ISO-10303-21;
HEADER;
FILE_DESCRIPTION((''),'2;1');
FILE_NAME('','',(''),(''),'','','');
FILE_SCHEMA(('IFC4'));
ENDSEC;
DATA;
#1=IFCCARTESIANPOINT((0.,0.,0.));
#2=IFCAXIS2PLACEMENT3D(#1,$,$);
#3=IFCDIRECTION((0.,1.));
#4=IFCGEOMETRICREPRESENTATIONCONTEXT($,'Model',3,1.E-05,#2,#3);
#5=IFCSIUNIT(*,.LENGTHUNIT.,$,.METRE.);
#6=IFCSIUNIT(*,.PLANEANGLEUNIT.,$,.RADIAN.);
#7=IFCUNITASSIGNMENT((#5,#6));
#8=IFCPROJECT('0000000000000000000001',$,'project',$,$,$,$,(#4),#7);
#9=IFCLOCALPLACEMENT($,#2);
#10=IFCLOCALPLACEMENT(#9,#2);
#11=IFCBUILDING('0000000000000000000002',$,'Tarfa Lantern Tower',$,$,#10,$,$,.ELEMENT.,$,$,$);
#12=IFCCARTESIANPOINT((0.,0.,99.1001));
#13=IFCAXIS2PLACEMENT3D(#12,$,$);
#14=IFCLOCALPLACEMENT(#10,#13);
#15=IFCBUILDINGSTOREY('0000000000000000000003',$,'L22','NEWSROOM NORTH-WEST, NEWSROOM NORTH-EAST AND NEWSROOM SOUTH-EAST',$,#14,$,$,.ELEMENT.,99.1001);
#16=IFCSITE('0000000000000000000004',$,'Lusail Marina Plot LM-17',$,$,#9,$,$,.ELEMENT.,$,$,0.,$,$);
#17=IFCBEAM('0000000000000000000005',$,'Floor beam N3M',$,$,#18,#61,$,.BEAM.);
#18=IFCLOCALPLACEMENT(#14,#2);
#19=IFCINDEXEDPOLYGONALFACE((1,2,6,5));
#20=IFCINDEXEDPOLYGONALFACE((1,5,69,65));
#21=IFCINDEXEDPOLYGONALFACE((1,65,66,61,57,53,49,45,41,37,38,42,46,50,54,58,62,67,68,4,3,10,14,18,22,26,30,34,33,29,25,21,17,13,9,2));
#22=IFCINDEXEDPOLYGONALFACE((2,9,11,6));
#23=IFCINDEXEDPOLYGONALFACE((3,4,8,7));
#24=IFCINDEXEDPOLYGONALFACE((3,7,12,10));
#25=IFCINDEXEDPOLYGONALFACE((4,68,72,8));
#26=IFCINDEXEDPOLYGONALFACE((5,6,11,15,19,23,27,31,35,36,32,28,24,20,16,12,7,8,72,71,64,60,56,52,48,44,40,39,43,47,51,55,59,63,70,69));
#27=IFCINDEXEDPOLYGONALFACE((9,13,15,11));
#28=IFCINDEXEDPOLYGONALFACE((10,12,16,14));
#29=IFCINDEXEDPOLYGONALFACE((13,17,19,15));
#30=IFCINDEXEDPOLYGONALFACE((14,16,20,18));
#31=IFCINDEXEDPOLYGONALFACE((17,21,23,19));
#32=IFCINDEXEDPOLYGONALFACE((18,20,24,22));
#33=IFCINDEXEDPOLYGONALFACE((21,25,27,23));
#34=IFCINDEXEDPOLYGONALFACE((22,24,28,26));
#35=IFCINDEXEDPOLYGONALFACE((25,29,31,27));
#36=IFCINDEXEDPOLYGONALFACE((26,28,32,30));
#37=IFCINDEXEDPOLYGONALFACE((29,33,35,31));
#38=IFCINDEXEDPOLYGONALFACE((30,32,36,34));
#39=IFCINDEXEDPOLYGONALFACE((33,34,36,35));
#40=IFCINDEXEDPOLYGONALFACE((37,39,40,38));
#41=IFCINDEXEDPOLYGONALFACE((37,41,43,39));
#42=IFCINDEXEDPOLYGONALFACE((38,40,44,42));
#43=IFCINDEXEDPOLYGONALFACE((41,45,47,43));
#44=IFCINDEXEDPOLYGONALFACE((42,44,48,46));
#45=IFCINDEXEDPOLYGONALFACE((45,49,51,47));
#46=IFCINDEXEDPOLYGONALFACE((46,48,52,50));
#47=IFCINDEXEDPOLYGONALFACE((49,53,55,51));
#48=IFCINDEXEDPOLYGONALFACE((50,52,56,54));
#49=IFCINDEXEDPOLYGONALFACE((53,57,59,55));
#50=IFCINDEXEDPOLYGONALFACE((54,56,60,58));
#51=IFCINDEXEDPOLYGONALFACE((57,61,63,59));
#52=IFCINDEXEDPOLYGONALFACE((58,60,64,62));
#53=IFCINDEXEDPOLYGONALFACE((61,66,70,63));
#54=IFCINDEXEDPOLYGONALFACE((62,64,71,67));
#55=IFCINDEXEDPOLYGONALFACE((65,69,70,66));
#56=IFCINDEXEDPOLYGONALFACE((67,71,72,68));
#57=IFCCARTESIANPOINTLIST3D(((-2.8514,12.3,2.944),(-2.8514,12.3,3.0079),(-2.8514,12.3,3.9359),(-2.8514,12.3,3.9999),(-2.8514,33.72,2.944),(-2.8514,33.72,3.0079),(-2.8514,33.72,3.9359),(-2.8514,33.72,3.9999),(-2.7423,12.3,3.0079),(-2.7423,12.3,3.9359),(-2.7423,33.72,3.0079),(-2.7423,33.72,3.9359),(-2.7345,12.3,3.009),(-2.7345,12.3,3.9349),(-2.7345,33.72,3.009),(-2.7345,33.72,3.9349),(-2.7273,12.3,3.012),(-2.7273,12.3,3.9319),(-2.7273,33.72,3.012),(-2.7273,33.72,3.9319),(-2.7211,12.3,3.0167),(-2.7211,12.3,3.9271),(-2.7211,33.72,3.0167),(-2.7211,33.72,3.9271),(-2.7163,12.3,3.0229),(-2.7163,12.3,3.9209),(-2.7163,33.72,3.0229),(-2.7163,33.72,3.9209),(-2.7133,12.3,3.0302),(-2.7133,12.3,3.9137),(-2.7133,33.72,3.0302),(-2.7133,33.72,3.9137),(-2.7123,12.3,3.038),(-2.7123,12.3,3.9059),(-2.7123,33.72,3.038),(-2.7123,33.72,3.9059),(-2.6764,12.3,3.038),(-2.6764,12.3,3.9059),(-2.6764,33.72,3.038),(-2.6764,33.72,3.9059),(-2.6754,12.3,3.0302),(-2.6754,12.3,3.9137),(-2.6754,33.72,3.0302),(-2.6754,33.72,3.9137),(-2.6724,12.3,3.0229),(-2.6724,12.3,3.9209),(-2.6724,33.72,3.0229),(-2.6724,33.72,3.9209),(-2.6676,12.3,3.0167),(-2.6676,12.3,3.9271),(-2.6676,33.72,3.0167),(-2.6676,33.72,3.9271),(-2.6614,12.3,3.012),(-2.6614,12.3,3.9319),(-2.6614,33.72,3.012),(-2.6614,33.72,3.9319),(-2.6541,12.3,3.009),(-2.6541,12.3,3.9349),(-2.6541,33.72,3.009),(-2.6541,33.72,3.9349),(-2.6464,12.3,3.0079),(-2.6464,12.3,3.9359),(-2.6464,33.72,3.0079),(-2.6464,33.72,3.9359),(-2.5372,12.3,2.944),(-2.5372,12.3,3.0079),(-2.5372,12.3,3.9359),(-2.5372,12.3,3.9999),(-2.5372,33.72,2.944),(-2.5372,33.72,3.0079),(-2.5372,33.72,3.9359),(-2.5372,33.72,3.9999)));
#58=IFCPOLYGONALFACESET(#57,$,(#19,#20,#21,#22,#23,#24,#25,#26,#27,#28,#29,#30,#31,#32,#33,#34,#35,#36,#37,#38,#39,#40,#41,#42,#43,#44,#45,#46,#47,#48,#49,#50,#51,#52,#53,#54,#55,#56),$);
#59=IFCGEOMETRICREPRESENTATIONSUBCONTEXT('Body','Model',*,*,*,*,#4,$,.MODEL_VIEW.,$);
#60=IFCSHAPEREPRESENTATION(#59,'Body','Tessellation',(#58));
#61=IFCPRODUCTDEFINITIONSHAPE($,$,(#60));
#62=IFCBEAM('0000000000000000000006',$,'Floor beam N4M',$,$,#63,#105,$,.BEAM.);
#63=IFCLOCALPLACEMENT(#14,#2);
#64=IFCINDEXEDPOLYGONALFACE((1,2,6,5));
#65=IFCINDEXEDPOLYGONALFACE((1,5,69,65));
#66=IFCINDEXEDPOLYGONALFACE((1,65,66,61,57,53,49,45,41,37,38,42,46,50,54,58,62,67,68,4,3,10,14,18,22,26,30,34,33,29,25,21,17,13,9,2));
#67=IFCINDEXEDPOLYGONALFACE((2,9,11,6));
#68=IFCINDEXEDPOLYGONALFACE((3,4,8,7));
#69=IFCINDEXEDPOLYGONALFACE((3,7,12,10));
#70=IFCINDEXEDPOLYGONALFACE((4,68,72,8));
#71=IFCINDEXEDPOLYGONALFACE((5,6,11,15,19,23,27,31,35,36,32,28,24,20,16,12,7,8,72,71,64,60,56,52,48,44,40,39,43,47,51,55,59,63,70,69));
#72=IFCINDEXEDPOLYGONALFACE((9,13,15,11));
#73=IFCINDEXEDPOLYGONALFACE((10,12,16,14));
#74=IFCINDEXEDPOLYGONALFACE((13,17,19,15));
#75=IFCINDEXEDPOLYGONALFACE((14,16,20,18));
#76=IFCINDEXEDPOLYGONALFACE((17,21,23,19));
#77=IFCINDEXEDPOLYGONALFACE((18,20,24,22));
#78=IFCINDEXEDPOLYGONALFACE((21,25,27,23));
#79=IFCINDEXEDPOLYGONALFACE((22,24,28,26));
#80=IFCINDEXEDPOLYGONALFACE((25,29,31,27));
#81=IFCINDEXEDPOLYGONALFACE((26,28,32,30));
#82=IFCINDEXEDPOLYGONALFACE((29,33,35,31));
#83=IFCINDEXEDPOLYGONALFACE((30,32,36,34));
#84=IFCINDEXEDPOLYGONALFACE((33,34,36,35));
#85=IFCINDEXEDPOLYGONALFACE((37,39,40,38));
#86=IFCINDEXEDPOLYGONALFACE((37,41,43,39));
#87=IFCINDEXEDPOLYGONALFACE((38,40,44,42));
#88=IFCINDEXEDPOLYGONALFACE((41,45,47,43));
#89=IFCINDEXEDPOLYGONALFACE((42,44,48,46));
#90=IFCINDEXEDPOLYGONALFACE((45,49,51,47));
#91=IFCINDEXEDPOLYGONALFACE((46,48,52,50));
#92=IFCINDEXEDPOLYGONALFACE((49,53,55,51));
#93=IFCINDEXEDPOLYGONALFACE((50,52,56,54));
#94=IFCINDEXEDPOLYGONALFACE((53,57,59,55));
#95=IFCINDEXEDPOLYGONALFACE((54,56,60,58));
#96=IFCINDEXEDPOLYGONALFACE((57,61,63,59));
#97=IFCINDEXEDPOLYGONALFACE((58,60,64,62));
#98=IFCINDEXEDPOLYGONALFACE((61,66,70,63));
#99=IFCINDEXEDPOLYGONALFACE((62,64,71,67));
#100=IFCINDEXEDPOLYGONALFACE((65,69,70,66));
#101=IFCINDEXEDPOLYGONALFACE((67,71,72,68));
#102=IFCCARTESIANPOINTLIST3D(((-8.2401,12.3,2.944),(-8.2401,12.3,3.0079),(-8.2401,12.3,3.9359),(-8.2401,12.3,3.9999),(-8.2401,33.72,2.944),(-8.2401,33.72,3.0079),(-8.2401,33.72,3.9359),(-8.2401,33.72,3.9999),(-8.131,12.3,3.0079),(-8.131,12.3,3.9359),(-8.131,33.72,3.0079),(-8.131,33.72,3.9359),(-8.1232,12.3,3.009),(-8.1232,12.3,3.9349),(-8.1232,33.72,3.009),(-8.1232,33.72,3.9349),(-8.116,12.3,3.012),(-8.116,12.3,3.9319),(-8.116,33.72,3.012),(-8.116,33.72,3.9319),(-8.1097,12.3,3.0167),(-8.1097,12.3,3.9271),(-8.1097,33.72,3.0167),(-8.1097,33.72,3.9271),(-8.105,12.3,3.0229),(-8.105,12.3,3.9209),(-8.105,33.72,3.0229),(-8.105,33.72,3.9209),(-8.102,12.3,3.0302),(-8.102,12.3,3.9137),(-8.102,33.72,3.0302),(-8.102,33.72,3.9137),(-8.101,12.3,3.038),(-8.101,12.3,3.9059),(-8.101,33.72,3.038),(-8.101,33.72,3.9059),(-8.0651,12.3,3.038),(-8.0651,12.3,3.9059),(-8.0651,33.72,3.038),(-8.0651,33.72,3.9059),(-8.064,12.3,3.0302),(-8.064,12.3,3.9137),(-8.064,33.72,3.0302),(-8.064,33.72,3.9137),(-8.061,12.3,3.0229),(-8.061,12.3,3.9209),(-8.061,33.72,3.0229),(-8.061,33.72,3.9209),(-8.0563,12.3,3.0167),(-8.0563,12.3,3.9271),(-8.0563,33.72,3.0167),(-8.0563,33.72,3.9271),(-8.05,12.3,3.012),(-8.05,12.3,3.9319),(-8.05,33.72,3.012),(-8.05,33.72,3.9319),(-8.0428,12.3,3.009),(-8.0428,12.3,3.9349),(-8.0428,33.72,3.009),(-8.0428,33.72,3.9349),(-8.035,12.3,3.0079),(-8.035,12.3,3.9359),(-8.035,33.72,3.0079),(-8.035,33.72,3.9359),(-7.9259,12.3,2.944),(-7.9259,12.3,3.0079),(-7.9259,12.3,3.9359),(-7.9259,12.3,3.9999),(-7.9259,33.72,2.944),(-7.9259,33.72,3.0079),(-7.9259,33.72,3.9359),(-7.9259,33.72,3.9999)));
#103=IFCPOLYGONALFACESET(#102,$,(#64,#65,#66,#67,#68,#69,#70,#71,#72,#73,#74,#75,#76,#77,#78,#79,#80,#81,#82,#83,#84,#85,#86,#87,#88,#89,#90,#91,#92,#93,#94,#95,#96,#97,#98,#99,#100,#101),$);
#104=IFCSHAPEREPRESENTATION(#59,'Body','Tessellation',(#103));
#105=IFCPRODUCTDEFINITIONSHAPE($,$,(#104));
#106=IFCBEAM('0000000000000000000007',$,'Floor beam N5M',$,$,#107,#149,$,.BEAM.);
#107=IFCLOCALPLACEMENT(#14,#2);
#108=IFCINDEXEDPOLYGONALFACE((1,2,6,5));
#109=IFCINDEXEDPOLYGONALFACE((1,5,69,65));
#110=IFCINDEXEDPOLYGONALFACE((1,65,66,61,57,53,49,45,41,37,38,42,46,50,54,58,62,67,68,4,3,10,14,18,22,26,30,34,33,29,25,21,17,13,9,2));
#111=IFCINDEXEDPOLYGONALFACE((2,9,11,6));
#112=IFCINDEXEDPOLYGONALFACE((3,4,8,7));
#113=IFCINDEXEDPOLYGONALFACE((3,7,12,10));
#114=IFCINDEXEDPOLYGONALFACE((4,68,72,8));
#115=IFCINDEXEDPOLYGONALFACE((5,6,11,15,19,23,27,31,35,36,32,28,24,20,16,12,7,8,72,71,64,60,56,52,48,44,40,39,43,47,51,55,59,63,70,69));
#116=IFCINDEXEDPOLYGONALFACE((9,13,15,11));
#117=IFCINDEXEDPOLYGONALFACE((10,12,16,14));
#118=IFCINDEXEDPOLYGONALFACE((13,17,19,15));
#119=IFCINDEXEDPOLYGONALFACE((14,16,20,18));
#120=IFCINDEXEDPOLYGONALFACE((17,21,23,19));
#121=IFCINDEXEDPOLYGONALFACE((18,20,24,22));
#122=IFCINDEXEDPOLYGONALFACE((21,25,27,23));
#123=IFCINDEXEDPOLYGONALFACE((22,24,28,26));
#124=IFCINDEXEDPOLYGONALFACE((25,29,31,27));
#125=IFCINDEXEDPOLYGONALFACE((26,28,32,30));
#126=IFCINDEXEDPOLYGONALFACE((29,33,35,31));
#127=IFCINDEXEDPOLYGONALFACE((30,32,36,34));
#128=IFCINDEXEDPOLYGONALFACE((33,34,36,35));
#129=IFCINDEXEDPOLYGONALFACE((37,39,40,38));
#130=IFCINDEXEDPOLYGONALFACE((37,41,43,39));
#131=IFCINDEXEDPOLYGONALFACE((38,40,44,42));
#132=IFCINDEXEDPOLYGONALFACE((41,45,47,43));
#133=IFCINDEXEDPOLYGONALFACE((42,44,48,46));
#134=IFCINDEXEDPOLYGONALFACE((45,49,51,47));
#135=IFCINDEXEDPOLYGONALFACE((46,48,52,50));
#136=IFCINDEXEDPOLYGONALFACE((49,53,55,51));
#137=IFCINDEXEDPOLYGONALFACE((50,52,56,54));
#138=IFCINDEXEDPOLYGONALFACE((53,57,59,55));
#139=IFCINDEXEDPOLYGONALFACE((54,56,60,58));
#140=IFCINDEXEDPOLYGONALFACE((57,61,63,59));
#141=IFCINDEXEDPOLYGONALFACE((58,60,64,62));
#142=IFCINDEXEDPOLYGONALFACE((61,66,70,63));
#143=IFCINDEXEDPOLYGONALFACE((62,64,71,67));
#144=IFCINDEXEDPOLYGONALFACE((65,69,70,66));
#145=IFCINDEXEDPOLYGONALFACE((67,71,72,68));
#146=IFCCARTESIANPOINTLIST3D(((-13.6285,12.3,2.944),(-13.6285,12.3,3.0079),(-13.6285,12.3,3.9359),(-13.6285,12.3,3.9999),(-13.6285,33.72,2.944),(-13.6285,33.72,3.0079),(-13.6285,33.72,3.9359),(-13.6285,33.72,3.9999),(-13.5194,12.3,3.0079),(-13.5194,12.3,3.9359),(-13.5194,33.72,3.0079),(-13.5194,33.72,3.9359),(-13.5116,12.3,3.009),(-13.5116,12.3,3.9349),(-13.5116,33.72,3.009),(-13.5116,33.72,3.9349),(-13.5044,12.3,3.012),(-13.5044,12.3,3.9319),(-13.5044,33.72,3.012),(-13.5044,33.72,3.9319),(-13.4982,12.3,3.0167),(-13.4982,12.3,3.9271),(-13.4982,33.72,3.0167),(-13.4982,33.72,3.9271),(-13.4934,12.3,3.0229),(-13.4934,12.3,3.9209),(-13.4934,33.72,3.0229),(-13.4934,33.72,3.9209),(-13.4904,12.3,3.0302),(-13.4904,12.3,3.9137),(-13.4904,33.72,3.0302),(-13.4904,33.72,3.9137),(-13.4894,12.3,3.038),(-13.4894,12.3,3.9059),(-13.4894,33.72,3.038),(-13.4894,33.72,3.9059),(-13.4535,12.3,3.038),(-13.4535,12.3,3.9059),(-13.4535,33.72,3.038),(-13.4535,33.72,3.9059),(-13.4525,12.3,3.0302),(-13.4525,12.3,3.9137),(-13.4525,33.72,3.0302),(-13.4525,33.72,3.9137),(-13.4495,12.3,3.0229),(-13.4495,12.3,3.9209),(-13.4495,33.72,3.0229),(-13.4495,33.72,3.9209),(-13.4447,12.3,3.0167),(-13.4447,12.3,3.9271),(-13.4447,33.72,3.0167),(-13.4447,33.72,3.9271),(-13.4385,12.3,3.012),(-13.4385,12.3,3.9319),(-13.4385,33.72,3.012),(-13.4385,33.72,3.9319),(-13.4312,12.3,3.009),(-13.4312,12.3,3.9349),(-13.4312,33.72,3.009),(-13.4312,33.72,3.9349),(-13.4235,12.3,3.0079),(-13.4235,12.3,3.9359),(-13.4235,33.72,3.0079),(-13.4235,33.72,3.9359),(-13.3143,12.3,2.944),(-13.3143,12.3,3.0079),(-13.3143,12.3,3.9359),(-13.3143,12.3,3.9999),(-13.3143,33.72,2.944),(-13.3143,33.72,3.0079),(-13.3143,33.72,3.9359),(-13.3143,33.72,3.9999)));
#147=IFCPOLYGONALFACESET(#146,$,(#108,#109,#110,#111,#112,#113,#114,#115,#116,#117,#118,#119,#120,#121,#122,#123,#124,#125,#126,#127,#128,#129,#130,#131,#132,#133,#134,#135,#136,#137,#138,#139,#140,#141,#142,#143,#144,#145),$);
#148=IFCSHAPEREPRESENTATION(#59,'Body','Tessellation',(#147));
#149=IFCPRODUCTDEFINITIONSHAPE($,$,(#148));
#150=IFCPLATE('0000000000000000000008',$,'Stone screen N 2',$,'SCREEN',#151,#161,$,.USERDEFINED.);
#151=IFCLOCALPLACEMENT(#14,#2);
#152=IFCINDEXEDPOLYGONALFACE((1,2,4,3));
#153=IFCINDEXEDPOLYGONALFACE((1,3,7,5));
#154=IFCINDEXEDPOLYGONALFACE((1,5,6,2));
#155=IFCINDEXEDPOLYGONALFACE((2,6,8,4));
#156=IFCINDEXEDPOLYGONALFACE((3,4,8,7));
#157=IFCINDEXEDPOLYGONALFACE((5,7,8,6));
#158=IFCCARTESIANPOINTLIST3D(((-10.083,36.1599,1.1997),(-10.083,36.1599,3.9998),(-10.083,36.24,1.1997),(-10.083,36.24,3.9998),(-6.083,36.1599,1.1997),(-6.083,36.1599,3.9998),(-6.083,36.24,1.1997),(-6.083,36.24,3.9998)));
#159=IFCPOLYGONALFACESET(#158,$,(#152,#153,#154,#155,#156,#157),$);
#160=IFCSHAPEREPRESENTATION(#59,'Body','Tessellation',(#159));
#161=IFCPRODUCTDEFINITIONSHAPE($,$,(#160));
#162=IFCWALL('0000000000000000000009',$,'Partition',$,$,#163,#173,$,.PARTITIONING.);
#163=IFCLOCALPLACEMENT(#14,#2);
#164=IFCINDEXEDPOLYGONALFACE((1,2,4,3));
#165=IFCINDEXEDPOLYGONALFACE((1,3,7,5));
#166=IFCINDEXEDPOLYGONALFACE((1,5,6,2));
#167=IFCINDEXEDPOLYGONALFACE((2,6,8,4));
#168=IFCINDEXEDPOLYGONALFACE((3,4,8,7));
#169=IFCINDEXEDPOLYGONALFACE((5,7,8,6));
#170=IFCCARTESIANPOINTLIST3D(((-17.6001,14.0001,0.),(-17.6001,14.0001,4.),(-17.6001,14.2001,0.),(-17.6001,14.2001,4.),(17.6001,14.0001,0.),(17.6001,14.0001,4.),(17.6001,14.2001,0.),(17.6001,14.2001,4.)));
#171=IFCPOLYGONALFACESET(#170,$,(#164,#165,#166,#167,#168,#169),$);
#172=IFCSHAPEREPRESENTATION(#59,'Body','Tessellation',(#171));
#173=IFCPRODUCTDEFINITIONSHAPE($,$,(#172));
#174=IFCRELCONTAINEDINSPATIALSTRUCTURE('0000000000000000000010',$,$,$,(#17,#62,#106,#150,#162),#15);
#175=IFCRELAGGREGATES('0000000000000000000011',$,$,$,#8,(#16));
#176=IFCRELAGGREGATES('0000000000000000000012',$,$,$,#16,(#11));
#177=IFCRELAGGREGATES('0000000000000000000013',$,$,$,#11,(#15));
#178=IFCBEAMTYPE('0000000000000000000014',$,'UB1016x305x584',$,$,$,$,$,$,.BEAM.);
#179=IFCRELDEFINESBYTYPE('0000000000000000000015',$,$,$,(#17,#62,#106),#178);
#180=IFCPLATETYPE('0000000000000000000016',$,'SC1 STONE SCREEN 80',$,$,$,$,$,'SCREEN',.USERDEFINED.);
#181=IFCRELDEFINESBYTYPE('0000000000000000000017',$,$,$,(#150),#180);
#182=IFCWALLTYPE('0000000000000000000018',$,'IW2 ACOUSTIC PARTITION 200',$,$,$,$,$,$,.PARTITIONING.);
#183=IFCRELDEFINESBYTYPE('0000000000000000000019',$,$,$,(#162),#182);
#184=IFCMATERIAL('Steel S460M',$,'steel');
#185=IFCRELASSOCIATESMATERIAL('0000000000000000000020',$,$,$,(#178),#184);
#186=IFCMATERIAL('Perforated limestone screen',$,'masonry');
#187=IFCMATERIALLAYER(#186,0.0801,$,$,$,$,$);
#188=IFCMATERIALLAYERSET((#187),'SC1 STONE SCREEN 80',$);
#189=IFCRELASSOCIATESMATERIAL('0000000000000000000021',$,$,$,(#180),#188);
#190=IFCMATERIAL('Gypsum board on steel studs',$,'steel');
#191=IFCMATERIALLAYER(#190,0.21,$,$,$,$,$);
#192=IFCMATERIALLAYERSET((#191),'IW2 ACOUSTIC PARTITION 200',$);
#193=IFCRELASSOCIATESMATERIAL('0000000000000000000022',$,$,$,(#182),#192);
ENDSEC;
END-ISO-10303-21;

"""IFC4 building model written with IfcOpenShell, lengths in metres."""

from ifc_helpers import new_model, si_unit, direction, frame, frame_2d, origin, origin_2d, place, context, subcontext, project, spatial, rectangle, i_section, extrude, material, layer, layer_set, material_profile, profile_set, type_object, element, save


model = new_model("IFC4")

# Units and contexts
model_context = context("Model", 3, precision=1e-05, world=origin(), true_north=direction((0.0, 1.0)))
body_context = subcontext(model_context, "Body", "Model", "MODEL_VIEW")
ifc_project = project(units=[si_unit("LENGTHUNIT", "METRE"), si_unit("PLANEANGLEUNIT", "RADIAN")], contexts=[model_context])

# Site, building, storey
site_placement = place(None, origin())
site = spatial("IfcSite", under=ifc_project, at=site_placement, Name="Lusail Marina Plot LM-17", CompositionType="ELEMENT", RefElevation=0.0)
building_placement = place(site_placement, origin())
building = spatial("IfcBuilding", under=site, at=building_placement, Name="Tarfa Lantern Tower", CompositionType="ELEMENT")
storey_placement = place(building_placement, frame((0.0, 0.0, 99.1001)))
storey = spatial("IfcBuildingStorey", under=building, at=storey_placement, Name="L22", Description="NEWSROOM NORTH-WEST, NEWSROOM NORTH-EAST AND NEWSROOM SOUTH-EAST", CompositionType="ELEMENT", Elevation=99.1001)

# Beams
ifc_material_1 = material(Name="Steel S460M", Category="steel")
ifc_material_profile_1 = material_profile(ifc_material_1, i_section(OverallWidth=0.3142, OverallDepth=1.0559, WebThickness=0.0359, FlangeThickness=0.064, FilletRadius=0.03, at=origin_2d()), Name="UB1016x305x584")
ifc_profile_set_1 = profile_set([ifc_material_profile_1], Name="Steel S460M")
beam_type_1 = type_object("IfcBeamType", Name="UB1016x305x584", PredefinedType="BEAM", material=ifc_profile_set_1)
for number, where, z_axis, x_axis, name in (
    (1, (-2.6943, 33.72, 3.4719), (0.0, -1.0, 0.0), (1.0, 0.0, 0.0), "Floor beam N3M"),
    (2, (-8.083, 33.72, 3.4719), (0.0, -1.0, 0.0), (1.0, 0.0, 0.0), "Floor beam N4M"),
    (3, (-13.4714, 33.72, 3.4719), (0.0, -1.0, 0.0), (1.0, 0.0, 0.0), "Floor beam N5M"),
):
    element("IfcBeam", number, at=place(storey_placement, frame(where, z_axis=z_axis, x_axis=x_axis)), inside=storey, type_object=beam_type_1, Name=name, PredefinedType="BEAM", context=body_context, shape_type="SweptSolid", body=[
        extrude(i_section(OverallWidth=0.3142, OverallDepth=1.0559, WebThickness=0.0359, FlangeThickness=0.064, FilletRadius=0.03, at=origin_2d()), origin(), (0.0, 0.0, 1.0), 21.4199),
    ])

# Plate
ifc_material_2 = material(Name="Perforated limestone screen", Category="masonry")
ifc_layer_1 = layer(ifc_material_2, 0.0801)
ifc_layer_set_1 = layer_set([ifc_layer_1], Name="SC1 STONE SCREEN 80")
plate_type = type_object("IfcPlateType", Name="SC1 STONE SCREEN 80", ElementType="SCREEN", PredefinedType="USERDEFINED", material=ifc_layer_set_1)
plate_placement = place(storey_placement, frame((-8.083, 36.2, 1.1997), z_axis=(0.0, 0.0, 1.0), x_axis=(-1.0, 0.0, 0.0)))
element("IfcPlate", 4, at=plate_placement, inside=storey, type_object=plate_type, Name="Stone screen N 2", ObjectType="SCREEN", PredefinedType="USERDEFINED", context=body_context, shape_type="SweptSolid", body=[
    extrude(rectangle(XDim=4.0, YDim=0.0801, at=origin_2d()), origin(), (0.0, 0.0, 1.0), 2.8),
])

# Wall
ifc_material_3 = material(Name="Gypsum board on steel studs", Category="steel")
ifc_layer_2 = layer(ifc_material_3, 0.21)
ifc_layer_set_2 = layer_set([ifc_layer_2], Name="IW2 ACOUSTIC PARTITION 200")
wall_type = type_object("IfcWallType", Name="IW2 ACOUSTIC PARTITION 200", PredefinedType="PARTITIONING", material=ifc_layer_set_2)
wall_1_placement = place(storey_placement, frame((-17.6001, 14.1001, 0.0), z_axis=(0.0, 0.0, 1.0), x_axis=(1.0, 0.0, 0.0)))
element("IfcWall", 5, at=wall_1_placement, inside=storey, type_object=wall_type, Name="Partition", PredefinedType="PARTITIONING", context=body_context, shape_type="SweptSolid", body=[
    extrude(rectangle(XDim=35.2002, YDim=0.2, at=frame_2d((17.6001, 0.0))), origin(), (0.0, 0.0, 1.0), 4.0),
])

save(model, "model.ifc")
